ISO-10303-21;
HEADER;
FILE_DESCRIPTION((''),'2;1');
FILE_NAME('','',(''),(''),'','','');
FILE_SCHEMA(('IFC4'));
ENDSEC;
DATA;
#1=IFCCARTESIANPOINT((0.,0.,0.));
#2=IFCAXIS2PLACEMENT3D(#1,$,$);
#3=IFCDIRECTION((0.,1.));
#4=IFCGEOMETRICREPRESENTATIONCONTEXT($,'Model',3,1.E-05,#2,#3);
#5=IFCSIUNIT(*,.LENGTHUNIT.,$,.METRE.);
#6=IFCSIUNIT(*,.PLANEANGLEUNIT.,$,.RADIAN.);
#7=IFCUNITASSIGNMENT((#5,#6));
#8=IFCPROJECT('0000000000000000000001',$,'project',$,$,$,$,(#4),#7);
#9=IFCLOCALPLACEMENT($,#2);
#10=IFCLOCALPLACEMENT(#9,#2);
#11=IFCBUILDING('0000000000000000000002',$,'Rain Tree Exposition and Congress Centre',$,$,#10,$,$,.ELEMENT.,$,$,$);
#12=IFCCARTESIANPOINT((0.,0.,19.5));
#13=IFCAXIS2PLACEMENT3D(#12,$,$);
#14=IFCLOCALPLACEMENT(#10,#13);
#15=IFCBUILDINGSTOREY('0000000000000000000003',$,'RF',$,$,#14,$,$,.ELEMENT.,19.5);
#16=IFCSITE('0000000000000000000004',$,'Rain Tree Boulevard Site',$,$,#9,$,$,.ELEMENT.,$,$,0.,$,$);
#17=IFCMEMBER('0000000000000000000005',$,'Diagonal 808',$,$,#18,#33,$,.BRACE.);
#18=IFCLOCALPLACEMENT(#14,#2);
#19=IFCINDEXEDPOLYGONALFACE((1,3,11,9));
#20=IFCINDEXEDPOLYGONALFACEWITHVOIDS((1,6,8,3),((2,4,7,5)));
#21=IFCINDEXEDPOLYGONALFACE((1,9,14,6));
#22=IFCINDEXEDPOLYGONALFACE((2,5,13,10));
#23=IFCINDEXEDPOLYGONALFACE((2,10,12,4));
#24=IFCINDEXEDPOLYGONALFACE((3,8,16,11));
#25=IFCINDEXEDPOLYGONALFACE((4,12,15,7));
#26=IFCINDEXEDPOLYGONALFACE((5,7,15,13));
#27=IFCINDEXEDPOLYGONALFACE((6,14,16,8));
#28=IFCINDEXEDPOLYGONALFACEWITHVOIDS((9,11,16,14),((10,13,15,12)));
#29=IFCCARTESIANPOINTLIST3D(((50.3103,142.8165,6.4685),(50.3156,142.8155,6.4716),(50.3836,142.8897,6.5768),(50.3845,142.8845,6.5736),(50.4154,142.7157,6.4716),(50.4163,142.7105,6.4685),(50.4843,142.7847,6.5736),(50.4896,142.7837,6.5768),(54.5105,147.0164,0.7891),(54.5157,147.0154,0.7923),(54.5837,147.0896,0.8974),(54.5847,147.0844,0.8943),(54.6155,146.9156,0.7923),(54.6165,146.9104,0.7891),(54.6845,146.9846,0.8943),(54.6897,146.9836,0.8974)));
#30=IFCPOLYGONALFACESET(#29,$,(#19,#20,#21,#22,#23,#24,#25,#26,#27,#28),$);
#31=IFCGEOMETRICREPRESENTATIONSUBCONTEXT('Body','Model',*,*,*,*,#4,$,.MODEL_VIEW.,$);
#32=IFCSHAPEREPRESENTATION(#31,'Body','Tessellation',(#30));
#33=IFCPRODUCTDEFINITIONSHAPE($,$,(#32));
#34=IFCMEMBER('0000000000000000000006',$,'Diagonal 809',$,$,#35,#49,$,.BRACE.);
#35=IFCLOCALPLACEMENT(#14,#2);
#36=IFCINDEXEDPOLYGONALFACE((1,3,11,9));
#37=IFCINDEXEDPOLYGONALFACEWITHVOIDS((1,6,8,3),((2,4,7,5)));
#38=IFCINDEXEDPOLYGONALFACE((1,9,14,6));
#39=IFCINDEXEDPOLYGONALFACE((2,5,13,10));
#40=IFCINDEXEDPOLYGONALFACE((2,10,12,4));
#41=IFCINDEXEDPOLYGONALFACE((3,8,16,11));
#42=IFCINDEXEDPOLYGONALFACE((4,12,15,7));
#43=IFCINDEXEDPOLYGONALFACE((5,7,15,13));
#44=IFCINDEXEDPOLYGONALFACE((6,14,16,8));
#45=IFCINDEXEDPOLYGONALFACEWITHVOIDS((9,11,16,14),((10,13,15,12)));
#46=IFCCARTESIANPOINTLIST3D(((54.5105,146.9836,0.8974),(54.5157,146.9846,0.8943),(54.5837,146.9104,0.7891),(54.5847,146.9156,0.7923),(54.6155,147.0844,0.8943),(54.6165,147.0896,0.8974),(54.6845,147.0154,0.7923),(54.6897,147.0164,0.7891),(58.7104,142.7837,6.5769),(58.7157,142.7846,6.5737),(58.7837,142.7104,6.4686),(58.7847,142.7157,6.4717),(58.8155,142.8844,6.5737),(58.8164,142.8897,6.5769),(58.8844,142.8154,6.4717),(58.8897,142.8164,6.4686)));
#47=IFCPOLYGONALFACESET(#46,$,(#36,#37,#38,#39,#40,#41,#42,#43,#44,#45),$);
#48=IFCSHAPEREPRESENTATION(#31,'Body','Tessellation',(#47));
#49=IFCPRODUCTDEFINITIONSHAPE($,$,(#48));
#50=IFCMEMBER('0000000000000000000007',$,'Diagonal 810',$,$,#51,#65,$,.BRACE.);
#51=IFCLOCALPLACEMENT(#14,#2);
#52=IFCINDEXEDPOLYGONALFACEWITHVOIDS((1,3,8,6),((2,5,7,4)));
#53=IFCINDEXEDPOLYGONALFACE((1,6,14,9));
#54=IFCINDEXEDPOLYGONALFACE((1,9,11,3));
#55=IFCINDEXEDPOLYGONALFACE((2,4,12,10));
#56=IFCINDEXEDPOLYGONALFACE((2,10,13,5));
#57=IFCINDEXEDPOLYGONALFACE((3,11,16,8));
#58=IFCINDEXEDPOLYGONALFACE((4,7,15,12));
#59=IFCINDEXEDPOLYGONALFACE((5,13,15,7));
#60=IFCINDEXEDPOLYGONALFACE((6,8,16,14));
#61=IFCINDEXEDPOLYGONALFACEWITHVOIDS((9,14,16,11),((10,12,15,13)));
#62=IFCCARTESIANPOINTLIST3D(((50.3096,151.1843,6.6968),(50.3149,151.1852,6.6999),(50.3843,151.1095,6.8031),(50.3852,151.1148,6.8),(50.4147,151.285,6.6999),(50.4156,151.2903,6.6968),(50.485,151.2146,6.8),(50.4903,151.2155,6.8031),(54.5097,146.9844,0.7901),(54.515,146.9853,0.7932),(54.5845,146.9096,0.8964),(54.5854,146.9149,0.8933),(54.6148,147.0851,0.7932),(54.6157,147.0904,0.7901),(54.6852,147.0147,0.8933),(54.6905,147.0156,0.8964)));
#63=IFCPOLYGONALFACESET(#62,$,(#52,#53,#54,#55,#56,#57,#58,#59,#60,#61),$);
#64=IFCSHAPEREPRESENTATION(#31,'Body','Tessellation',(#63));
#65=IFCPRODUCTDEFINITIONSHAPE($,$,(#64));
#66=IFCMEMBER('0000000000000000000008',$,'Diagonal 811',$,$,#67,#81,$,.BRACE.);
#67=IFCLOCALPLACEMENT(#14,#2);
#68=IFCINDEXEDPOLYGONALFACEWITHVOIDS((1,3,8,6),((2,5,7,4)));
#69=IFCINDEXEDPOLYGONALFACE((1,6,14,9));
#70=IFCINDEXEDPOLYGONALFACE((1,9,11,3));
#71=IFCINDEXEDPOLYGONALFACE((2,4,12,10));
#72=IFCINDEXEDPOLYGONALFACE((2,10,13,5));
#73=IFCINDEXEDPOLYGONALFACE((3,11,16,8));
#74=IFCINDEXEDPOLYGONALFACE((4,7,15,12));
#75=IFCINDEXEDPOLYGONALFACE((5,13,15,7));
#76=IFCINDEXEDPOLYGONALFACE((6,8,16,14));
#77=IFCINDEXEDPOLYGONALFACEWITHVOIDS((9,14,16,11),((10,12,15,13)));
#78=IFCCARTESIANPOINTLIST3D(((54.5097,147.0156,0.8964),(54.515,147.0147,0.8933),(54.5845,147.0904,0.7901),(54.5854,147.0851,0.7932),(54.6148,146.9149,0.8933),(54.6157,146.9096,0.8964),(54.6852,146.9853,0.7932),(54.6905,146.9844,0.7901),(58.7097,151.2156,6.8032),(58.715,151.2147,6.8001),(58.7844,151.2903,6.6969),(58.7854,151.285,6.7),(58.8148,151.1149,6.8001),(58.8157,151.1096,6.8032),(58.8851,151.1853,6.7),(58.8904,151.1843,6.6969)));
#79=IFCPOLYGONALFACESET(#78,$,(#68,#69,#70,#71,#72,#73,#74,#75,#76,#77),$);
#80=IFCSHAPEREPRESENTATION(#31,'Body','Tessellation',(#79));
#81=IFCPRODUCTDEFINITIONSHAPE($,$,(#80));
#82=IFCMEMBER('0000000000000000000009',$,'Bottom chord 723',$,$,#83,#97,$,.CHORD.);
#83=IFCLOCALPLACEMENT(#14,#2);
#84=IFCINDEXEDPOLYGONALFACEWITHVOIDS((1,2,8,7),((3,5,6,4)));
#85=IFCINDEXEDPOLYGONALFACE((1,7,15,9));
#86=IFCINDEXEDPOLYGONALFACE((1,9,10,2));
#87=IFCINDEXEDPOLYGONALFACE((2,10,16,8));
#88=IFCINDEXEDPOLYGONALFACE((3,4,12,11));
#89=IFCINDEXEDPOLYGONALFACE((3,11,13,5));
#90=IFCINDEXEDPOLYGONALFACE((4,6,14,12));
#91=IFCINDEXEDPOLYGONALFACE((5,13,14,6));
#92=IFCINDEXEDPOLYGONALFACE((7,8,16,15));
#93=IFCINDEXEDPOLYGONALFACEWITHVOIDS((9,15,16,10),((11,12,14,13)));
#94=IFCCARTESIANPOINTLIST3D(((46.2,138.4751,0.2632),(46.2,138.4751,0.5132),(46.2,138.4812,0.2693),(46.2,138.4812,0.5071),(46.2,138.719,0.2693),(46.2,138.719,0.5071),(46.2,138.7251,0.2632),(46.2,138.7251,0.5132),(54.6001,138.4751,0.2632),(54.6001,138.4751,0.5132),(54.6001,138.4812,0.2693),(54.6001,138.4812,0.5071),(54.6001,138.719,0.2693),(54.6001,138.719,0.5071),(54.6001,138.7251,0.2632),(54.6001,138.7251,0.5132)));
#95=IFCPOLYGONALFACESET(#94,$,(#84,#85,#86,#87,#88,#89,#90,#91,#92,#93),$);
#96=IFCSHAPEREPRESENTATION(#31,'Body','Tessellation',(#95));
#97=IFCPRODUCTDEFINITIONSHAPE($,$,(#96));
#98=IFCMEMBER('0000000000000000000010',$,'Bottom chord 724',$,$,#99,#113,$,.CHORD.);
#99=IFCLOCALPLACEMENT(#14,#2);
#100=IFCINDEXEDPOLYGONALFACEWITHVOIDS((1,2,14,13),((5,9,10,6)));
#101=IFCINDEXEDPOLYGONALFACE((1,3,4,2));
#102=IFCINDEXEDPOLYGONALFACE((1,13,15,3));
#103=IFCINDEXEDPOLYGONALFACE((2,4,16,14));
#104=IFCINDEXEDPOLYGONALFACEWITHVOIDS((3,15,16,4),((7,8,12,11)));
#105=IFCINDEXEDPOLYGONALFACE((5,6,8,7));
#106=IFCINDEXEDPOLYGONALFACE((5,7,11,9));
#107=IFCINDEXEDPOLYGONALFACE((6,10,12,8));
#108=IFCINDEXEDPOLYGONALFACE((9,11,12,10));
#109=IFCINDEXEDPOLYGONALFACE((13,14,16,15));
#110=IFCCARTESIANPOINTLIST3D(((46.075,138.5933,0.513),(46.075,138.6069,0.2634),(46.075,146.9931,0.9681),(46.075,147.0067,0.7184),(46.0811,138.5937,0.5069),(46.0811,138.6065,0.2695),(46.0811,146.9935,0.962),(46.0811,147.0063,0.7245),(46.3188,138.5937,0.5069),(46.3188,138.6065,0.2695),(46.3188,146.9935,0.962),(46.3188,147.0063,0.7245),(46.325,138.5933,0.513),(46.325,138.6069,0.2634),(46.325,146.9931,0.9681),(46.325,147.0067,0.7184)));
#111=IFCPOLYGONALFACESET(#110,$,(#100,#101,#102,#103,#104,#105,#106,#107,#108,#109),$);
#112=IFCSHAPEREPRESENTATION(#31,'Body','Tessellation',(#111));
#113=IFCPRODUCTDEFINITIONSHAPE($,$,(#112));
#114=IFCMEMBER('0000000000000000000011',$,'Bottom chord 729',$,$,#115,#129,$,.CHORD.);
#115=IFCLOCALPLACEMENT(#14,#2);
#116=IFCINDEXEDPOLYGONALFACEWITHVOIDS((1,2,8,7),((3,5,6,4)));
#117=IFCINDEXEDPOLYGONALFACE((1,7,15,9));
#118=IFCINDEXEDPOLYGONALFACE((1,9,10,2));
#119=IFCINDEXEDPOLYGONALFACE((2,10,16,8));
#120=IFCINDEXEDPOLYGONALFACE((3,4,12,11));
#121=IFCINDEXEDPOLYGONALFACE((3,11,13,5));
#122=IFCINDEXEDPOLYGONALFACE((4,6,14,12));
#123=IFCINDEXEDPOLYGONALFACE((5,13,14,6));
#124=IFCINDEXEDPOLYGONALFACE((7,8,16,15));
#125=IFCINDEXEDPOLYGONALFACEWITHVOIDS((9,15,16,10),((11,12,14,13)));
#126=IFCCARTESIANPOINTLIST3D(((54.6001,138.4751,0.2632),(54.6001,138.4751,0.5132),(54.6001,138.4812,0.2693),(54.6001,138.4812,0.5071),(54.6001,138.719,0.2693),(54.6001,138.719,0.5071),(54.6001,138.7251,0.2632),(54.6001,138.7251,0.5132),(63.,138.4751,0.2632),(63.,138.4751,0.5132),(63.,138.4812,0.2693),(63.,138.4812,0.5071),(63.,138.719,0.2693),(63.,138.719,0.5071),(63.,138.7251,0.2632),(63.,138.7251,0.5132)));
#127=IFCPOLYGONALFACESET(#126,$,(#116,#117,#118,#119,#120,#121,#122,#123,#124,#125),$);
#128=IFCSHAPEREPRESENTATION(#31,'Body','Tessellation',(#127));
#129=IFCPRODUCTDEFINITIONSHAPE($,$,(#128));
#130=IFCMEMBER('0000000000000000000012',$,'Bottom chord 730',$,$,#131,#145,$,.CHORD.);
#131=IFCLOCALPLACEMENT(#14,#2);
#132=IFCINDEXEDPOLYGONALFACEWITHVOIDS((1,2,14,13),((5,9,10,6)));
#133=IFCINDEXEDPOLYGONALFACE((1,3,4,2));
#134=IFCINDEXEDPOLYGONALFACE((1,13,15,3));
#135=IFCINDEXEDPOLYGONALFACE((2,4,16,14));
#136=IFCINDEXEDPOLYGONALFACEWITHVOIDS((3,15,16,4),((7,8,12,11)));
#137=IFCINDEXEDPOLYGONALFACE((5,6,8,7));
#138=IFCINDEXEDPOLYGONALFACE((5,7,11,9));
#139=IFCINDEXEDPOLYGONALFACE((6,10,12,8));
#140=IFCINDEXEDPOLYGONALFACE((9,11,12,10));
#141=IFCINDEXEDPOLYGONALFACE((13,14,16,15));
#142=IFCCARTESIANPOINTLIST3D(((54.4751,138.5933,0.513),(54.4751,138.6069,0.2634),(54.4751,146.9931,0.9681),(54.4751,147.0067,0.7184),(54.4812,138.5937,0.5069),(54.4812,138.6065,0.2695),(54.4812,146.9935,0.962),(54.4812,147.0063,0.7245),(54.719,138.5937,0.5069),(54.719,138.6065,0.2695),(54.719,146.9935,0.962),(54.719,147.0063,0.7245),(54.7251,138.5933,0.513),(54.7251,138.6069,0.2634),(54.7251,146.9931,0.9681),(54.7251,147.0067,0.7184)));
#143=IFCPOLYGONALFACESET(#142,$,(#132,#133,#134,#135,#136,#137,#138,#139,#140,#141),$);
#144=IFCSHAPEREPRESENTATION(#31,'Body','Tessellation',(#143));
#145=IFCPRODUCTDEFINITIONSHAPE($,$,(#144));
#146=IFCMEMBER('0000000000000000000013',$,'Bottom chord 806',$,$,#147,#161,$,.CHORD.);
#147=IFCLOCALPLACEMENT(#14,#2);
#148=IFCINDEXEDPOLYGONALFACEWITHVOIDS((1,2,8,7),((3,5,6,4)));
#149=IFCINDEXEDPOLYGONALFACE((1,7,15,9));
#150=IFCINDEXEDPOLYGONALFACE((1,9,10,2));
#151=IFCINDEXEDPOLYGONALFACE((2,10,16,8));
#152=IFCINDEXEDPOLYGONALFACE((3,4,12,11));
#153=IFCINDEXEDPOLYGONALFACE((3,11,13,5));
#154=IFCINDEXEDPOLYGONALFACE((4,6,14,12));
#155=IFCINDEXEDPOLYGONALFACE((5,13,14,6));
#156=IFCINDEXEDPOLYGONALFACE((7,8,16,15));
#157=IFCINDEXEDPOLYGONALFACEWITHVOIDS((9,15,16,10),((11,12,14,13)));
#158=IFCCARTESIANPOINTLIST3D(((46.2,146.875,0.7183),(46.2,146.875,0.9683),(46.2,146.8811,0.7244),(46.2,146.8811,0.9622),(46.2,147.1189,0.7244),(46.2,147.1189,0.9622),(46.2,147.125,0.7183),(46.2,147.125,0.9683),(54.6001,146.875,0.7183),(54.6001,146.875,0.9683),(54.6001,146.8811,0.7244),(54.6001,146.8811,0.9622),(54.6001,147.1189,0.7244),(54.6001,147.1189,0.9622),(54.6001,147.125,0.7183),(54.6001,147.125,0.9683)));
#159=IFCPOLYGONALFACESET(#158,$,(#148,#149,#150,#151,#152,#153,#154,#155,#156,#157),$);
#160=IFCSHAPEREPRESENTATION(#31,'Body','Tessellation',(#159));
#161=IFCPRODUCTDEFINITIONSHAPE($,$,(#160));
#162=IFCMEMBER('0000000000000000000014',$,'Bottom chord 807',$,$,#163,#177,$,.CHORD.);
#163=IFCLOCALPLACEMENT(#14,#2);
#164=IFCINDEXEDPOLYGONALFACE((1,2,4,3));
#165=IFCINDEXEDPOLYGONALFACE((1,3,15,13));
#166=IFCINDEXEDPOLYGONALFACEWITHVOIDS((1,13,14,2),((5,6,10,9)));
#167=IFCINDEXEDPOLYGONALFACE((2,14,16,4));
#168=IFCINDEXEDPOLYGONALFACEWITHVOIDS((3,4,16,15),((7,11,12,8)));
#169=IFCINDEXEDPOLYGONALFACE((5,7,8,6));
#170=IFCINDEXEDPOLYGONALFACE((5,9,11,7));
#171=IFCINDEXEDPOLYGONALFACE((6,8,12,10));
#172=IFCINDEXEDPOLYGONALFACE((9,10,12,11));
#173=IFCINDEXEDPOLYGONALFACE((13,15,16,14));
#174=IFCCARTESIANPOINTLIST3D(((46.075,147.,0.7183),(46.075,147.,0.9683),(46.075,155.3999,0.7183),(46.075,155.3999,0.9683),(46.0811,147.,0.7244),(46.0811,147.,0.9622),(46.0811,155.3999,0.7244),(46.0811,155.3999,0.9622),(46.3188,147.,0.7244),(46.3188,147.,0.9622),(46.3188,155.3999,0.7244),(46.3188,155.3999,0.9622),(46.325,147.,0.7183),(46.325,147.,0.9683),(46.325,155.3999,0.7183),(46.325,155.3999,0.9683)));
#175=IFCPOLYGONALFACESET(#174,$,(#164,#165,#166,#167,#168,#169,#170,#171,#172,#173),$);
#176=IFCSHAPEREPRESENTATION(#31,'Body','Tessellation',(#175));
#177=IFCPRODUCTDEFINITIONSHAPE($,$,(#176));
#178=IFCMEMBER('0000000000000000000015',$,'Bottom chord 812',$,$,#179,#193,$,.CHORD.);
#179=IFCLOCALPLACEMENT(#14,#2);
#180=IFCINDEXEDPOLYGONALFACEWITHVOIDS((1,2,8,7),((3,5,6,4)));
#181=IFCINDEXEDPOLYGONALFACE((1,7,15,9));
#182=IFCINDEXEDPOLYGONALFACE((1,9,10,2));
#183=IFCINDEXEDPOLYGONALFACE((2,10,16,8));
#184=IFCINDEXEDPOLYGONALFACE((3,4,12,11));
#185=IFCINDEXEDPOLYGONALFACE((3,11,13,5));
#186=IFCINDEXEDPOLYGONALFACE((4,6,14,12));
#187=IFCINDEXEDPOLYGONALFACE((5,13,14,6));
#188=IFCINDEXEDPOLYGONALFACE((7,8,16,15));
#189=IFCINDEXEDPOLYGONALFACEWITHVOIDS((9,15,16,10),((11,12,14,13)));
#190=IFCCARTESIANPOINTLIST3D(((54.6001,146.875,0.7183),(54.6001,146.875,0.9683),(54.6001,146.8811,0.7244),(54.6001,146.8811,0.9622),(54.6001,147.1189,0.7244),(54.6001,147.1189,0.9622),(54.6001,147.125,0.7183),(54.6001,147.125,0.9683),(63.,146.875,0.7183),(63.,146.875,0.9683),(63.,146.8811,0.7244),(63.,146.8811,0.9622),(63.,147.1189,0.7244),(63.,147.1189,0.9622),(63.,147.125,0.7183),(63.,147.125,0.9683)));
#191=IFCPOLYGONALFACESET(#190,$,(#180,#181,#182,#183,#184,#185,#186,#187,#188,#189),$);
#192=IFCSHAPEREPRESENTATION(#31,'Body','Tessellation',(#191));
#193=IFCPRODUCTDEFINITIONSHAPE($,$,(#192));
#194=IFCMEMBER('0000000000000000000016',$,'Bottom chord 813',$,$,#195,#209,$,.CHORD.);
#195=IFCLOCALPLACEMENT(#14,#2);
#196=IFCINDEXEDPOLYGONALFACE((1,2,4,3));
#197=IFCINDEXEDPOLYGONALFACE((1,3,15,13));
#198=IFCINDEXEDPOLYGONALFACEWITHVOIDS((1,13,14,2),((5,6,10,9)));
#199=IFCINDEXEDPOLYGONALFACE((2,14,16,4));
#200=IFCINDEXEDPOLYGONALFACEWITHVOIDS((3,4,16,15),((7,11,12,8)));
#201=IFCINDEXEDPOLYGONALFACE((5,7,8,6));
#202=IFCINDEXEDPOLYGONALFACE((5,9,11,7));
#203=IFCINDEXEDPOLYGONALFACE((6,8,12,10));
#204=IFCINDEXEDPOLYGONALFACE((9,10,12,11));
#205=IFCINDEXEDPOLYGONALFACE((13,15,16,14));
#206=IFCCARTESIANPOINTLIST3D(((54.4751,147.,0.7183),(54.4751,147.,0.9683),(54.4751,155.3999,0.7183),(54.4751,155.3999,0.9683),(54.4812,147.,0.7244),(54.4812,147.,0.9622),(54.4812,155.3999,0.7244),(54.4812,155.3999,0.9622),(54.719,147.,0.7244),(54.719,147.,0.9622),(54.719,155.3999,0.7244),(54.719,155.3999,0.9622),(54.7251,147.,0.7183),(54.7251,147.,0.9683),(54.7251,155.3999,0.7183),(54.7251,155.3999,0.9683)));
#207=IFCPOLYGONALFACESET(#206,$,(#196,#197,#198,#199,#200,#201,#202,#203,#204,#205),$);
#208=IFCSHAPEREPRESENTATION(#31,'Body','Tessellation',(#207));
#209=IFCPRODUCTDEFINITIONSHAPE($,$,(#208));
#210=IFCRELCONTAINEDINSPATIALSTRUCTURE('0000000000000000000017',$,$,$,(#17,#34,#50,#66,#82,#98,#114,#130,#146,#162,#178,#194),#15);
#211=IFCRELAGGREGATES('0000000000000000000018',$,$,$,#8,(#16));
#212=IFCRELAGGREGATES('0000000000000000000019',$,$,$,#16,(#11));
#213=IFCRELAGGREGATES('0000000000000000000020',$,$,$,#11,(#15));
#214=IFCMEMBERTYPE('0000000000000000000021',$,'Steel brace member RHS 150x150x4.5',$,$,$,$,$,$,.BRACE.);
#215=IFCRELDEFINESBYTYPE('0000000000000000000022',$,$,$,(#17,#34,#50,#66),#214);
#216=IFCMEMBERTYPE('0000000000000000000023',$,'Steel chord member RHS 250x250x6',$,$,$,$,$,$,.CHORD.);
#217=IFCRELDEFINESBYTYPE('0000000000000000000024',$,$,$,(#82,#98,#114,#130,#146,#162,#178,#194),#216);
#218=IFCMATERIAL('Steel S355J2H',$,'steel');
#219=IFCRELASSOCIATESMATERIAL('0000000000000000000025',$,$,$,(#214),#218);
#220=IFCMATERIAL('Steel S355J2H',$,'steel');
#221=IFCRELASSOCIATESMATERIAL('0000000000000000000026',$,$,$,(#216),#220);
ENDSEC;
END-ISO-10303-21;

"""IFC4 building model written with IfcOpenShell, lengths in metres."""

from ifc_helpers import new_model, si_unit, direction, frame, origin, origin_2d, place, context, subcontext, project, spatial, hollow_rectangle, extrude, material, material_profile, profile_set, type_object, element, save


model = new_model("IFC4")

# Units and contexts
model_context = context("Model", 3, precision=1e-05, world=origin(), true_north=direction((0.0, 1.0)))
body_context = subcontext(model_context, "Body", "Model", "MODEL_VIEW")
ifc_project = project(units=[si_unit("LENGTHUNIT", "METRE"), si_unit("PLANEANGLEUNIT", "RADIAN")], contexts=[model_context])

# Site, building, storey
site_placement = place(None, origin())
site = spatial("IfcSite", under=ifc_project, at=site_placement, Name="Rain Tree Boulevard Site", CompositionType="ELEMENT", RefElevation=0.0)
building_placement = place(site_placement, origin())
building = spatial("IfcBuilding", under=site, at=building_placement, Name="Rain Tree Exposition and Congress Centre", CompositionType="ELEMENT")
storey_placement = place(building_placement, frame((0.0, 0.0, 19.5)))
storey = spatial("IfcBuildingStorey", under=building, at=storey_placement, Name="RF", CompositionType="ELEMENT", Elevation=19.5)

# Members
ifc_material_1 = material(Name="Steel S355J2H", Category="steel")
ifc_material_profile_1 = material_profile(ifc_material_1, hollow_rectangle(XDim=0.1499, YDim=0.1499, WallThickness=0.0044, at=origin_2d()), Name="RHS 150x150x4.5")
ifc_profile_set_1 = profile_set([ifc_material_profile_1], Name="Steel S355J2H")
member_type_1 = type_object("IfcMemberType", Name="Steel brace member RHS 150x150x4.5", PredefinedType="BRACE", material=ifc_profile_set_1)
for number, where, z_axis, x_axis, name in (
    (1, (54.6001, 147.0, 0.8433), (-0.51109, -0.511061, 0.691089), (0.707086, -0.707127, 0.0), "Diagonal 808"),
    (2, (54.6001, 147.0, 0.8433), (0.511068, -0.511068, 0.691099), (0.707107, 0.707107, 0.0), "Diagonal 809"),
):
    element("IfcMember", number, at=place(storey_placement, frame(where, z_axis=z_axis, x_axis=x_axis)), inside=storey, type_object=member_type_1, Name=name, PredefinedType="BRACE", context=body_context, shape_type="SweptSolid", body=[
        extrude(hollow_rectangle(XDim=0.1499, YDim=0.1499, WallThickness=0.0044, at=origin_2d()), origin(), (0.0, 0.0, 1.0), 8.218),
    ])
for number, where, z_axis, x_axis, name in (
    (3, (54.6001, 147.0, 0.8433), (-0.501408, 0.501379, 0.705131), (-0.707086, -0.707127, 0.0), "Diagonal 810"),
    (4, (54.6001, 147.0, 0.8433), (0.501386, 0.501386, 0.705141), (-0.707107, 0.707107, 0.0), "Diagonal 811"),
):
    element("IfcMember", number, at=place(storey_placement, frame(where, z_axis=z_axis, x_axis=x_axis)), inside=storey, type_object=member_type_1, Name=name, PredefinedType="BRACE", context=body_context, shape_type="SweptSolid", body=[
        extrude(hollow_rectangle(XDim=0.1499, YDim=0.1499, WallThickness=0.0044, at=origin_2d()), origin(), (0.0, 0.0, 1.0), 8.3767),
    ])
ifc_material_2 = material(Name="Steel S355J2H", Category="steel")
ifc_material_profile_2 = material_profile(ifc_material_2, hollow_rectangle(XDim=0.25, YDim=0.25, WallThickness=0.0061, at=origin_2d()), Name="RHS 250x250x6")
ifc_profile_set_2 = profile_set([ifc_material_profile_2], Name="Steel S355J2H")
member_type_2 = type_object("IfcMemberType", Name="Steel chord member RHS 250x250x6", PredefinedType="CHORD", material=ifc_profile_set_2)
member_1_placement = place(storey_placement, frame((46.2, 138.6001, 0.3882), z_axis=(1.0, 0.0, 0.0), x_axis=(0.0, 1.0, 0.0)))
element("IfcMember", 5, at=member_1_placement, inside=storey, type_object=member_type_2, Name="Bottom chord 723", PredefinedType="CHORD", context=body_context, shape_type="SweptSolid", body=[
    extrude(hollow_rectangle(XDim=0.25, YDim=0.25, WallThickness=0.0061, at=origin_2d()), origin(), (0.0, 0.0, 1.0), 8.4001),
])
member_2_placement = place(storey_placement, frame((46.2, 138.6001, 0.3882), z_axis=(0.0, 0.998536, 0.054097), x_axis=(-1.0, 0.0, 0.0)))
element("IfcMember", 6, at=member_2_placement, inside=storey, type_object=member_type_2, Name="Bottom chord 724", PredefinedType="CHORD", context=body_context, shape_type="SweptSolid", body=[
    extrude(hollow_rectangle(XDim=0.25, YDim=0.25, WallThickness=0.0061, at=origin_2d()), origin(), (0.0, 0.0, 1.0), 8.4121),
])
member_3_placement = place(storey_placement, frame((54.6001, 138.6001, 0.3882), z_axis=(1.0, 0.0, 0.0), x_axis=(0.0, 1.0, 0.0)))
element("IfcMember", 7, at=member_3_placement, inside=storey, type_object=member_type_2, Name="Bottom chord 729", PredefinedType="CHORD", context=body_context, shape_type="SweptSolid", body=[
    extrude(hollow_rectangle(XDim=0.25, YDim=0.25, WallThickness=0.0061, at=origin_2d()), origin(), (0.0, 0.0, 1.0), 8.3999),
])
member_4_placement = place(storey_placement, frame((54.6001, 138.6001, 0.3882), z_axis=(0.0, 0.998536, 0.054097), x_axis=(-1.0, 0.0, 0.0)))
element("IfcMember", 8, at=member_4_placement, inside=storey, type_object=member_type_2, Name="Bottom chord 730", PredefinedType="CHORD", context=body_context, shape_type="SweptSolid", body=[
    extrude(hollow_rectangle(XDim=0.25, YDim=0.25, WallThickness=0.0061, at=origin_2d()), origin(), (0.0, 0.0, 1.0), 8.4121),
])
member_5_placement = place(storey_placement, frame((46.2, 147.0, 0.8433), z_axis=(1.0, 0.0, 0.0), x_axis=(0.0, 1.0, 0.0)))
element("IfcMember", 9, at=member_5_placement, inside=storey, type_object=member_type_2, Name="Bottom chord 806", PredefinedType="CHORD", context=body_context, shape_type="SweptSolid", body=[
    extrude(hollow_rectangle(XDim=0.25, YDim=0.25, WallThickness=0.0061, at=origin_2d()), origin(), (0.0, 0.0, 1.0), 8.4001),
])
for number, where, z_axis, x_axis, name in (
    (10, (46.2, 147.0, 0.8433), (0.0, 1.0, 0.0), (-1.0, 0.0, 0.0), "Bottom chord 807"),
    (11, (54.6001, 147.0, 0.8433), (1.0, 0.0, 0.0), (0.0, 1.0, 0.0), "Bottom chord 812"),
    (12, (54.6001, 147.0, 0.8433), (0.0, 1.0, 0.0), (-1.0, 0.0, 0.0), "Bottom chord 813"),
):
    element("IfcMember", number, at=place(storey_placement, frame(where, z_axis=z_axis, x_axis=x_axis)), inside=storey, type_object=member_type_2, Name=name, PredefinedType="CHORD", context=body_context, shape_type="SweptSolid", body=[
        extrude(hollow_rectangle(XDim=0.25, YDim=0.25, WallThickness=0.0061, at=origin_2d()), origin(), (0.0, 0.0, 1.0), 8.3999),
    ])

save(model, "model.ifc")
